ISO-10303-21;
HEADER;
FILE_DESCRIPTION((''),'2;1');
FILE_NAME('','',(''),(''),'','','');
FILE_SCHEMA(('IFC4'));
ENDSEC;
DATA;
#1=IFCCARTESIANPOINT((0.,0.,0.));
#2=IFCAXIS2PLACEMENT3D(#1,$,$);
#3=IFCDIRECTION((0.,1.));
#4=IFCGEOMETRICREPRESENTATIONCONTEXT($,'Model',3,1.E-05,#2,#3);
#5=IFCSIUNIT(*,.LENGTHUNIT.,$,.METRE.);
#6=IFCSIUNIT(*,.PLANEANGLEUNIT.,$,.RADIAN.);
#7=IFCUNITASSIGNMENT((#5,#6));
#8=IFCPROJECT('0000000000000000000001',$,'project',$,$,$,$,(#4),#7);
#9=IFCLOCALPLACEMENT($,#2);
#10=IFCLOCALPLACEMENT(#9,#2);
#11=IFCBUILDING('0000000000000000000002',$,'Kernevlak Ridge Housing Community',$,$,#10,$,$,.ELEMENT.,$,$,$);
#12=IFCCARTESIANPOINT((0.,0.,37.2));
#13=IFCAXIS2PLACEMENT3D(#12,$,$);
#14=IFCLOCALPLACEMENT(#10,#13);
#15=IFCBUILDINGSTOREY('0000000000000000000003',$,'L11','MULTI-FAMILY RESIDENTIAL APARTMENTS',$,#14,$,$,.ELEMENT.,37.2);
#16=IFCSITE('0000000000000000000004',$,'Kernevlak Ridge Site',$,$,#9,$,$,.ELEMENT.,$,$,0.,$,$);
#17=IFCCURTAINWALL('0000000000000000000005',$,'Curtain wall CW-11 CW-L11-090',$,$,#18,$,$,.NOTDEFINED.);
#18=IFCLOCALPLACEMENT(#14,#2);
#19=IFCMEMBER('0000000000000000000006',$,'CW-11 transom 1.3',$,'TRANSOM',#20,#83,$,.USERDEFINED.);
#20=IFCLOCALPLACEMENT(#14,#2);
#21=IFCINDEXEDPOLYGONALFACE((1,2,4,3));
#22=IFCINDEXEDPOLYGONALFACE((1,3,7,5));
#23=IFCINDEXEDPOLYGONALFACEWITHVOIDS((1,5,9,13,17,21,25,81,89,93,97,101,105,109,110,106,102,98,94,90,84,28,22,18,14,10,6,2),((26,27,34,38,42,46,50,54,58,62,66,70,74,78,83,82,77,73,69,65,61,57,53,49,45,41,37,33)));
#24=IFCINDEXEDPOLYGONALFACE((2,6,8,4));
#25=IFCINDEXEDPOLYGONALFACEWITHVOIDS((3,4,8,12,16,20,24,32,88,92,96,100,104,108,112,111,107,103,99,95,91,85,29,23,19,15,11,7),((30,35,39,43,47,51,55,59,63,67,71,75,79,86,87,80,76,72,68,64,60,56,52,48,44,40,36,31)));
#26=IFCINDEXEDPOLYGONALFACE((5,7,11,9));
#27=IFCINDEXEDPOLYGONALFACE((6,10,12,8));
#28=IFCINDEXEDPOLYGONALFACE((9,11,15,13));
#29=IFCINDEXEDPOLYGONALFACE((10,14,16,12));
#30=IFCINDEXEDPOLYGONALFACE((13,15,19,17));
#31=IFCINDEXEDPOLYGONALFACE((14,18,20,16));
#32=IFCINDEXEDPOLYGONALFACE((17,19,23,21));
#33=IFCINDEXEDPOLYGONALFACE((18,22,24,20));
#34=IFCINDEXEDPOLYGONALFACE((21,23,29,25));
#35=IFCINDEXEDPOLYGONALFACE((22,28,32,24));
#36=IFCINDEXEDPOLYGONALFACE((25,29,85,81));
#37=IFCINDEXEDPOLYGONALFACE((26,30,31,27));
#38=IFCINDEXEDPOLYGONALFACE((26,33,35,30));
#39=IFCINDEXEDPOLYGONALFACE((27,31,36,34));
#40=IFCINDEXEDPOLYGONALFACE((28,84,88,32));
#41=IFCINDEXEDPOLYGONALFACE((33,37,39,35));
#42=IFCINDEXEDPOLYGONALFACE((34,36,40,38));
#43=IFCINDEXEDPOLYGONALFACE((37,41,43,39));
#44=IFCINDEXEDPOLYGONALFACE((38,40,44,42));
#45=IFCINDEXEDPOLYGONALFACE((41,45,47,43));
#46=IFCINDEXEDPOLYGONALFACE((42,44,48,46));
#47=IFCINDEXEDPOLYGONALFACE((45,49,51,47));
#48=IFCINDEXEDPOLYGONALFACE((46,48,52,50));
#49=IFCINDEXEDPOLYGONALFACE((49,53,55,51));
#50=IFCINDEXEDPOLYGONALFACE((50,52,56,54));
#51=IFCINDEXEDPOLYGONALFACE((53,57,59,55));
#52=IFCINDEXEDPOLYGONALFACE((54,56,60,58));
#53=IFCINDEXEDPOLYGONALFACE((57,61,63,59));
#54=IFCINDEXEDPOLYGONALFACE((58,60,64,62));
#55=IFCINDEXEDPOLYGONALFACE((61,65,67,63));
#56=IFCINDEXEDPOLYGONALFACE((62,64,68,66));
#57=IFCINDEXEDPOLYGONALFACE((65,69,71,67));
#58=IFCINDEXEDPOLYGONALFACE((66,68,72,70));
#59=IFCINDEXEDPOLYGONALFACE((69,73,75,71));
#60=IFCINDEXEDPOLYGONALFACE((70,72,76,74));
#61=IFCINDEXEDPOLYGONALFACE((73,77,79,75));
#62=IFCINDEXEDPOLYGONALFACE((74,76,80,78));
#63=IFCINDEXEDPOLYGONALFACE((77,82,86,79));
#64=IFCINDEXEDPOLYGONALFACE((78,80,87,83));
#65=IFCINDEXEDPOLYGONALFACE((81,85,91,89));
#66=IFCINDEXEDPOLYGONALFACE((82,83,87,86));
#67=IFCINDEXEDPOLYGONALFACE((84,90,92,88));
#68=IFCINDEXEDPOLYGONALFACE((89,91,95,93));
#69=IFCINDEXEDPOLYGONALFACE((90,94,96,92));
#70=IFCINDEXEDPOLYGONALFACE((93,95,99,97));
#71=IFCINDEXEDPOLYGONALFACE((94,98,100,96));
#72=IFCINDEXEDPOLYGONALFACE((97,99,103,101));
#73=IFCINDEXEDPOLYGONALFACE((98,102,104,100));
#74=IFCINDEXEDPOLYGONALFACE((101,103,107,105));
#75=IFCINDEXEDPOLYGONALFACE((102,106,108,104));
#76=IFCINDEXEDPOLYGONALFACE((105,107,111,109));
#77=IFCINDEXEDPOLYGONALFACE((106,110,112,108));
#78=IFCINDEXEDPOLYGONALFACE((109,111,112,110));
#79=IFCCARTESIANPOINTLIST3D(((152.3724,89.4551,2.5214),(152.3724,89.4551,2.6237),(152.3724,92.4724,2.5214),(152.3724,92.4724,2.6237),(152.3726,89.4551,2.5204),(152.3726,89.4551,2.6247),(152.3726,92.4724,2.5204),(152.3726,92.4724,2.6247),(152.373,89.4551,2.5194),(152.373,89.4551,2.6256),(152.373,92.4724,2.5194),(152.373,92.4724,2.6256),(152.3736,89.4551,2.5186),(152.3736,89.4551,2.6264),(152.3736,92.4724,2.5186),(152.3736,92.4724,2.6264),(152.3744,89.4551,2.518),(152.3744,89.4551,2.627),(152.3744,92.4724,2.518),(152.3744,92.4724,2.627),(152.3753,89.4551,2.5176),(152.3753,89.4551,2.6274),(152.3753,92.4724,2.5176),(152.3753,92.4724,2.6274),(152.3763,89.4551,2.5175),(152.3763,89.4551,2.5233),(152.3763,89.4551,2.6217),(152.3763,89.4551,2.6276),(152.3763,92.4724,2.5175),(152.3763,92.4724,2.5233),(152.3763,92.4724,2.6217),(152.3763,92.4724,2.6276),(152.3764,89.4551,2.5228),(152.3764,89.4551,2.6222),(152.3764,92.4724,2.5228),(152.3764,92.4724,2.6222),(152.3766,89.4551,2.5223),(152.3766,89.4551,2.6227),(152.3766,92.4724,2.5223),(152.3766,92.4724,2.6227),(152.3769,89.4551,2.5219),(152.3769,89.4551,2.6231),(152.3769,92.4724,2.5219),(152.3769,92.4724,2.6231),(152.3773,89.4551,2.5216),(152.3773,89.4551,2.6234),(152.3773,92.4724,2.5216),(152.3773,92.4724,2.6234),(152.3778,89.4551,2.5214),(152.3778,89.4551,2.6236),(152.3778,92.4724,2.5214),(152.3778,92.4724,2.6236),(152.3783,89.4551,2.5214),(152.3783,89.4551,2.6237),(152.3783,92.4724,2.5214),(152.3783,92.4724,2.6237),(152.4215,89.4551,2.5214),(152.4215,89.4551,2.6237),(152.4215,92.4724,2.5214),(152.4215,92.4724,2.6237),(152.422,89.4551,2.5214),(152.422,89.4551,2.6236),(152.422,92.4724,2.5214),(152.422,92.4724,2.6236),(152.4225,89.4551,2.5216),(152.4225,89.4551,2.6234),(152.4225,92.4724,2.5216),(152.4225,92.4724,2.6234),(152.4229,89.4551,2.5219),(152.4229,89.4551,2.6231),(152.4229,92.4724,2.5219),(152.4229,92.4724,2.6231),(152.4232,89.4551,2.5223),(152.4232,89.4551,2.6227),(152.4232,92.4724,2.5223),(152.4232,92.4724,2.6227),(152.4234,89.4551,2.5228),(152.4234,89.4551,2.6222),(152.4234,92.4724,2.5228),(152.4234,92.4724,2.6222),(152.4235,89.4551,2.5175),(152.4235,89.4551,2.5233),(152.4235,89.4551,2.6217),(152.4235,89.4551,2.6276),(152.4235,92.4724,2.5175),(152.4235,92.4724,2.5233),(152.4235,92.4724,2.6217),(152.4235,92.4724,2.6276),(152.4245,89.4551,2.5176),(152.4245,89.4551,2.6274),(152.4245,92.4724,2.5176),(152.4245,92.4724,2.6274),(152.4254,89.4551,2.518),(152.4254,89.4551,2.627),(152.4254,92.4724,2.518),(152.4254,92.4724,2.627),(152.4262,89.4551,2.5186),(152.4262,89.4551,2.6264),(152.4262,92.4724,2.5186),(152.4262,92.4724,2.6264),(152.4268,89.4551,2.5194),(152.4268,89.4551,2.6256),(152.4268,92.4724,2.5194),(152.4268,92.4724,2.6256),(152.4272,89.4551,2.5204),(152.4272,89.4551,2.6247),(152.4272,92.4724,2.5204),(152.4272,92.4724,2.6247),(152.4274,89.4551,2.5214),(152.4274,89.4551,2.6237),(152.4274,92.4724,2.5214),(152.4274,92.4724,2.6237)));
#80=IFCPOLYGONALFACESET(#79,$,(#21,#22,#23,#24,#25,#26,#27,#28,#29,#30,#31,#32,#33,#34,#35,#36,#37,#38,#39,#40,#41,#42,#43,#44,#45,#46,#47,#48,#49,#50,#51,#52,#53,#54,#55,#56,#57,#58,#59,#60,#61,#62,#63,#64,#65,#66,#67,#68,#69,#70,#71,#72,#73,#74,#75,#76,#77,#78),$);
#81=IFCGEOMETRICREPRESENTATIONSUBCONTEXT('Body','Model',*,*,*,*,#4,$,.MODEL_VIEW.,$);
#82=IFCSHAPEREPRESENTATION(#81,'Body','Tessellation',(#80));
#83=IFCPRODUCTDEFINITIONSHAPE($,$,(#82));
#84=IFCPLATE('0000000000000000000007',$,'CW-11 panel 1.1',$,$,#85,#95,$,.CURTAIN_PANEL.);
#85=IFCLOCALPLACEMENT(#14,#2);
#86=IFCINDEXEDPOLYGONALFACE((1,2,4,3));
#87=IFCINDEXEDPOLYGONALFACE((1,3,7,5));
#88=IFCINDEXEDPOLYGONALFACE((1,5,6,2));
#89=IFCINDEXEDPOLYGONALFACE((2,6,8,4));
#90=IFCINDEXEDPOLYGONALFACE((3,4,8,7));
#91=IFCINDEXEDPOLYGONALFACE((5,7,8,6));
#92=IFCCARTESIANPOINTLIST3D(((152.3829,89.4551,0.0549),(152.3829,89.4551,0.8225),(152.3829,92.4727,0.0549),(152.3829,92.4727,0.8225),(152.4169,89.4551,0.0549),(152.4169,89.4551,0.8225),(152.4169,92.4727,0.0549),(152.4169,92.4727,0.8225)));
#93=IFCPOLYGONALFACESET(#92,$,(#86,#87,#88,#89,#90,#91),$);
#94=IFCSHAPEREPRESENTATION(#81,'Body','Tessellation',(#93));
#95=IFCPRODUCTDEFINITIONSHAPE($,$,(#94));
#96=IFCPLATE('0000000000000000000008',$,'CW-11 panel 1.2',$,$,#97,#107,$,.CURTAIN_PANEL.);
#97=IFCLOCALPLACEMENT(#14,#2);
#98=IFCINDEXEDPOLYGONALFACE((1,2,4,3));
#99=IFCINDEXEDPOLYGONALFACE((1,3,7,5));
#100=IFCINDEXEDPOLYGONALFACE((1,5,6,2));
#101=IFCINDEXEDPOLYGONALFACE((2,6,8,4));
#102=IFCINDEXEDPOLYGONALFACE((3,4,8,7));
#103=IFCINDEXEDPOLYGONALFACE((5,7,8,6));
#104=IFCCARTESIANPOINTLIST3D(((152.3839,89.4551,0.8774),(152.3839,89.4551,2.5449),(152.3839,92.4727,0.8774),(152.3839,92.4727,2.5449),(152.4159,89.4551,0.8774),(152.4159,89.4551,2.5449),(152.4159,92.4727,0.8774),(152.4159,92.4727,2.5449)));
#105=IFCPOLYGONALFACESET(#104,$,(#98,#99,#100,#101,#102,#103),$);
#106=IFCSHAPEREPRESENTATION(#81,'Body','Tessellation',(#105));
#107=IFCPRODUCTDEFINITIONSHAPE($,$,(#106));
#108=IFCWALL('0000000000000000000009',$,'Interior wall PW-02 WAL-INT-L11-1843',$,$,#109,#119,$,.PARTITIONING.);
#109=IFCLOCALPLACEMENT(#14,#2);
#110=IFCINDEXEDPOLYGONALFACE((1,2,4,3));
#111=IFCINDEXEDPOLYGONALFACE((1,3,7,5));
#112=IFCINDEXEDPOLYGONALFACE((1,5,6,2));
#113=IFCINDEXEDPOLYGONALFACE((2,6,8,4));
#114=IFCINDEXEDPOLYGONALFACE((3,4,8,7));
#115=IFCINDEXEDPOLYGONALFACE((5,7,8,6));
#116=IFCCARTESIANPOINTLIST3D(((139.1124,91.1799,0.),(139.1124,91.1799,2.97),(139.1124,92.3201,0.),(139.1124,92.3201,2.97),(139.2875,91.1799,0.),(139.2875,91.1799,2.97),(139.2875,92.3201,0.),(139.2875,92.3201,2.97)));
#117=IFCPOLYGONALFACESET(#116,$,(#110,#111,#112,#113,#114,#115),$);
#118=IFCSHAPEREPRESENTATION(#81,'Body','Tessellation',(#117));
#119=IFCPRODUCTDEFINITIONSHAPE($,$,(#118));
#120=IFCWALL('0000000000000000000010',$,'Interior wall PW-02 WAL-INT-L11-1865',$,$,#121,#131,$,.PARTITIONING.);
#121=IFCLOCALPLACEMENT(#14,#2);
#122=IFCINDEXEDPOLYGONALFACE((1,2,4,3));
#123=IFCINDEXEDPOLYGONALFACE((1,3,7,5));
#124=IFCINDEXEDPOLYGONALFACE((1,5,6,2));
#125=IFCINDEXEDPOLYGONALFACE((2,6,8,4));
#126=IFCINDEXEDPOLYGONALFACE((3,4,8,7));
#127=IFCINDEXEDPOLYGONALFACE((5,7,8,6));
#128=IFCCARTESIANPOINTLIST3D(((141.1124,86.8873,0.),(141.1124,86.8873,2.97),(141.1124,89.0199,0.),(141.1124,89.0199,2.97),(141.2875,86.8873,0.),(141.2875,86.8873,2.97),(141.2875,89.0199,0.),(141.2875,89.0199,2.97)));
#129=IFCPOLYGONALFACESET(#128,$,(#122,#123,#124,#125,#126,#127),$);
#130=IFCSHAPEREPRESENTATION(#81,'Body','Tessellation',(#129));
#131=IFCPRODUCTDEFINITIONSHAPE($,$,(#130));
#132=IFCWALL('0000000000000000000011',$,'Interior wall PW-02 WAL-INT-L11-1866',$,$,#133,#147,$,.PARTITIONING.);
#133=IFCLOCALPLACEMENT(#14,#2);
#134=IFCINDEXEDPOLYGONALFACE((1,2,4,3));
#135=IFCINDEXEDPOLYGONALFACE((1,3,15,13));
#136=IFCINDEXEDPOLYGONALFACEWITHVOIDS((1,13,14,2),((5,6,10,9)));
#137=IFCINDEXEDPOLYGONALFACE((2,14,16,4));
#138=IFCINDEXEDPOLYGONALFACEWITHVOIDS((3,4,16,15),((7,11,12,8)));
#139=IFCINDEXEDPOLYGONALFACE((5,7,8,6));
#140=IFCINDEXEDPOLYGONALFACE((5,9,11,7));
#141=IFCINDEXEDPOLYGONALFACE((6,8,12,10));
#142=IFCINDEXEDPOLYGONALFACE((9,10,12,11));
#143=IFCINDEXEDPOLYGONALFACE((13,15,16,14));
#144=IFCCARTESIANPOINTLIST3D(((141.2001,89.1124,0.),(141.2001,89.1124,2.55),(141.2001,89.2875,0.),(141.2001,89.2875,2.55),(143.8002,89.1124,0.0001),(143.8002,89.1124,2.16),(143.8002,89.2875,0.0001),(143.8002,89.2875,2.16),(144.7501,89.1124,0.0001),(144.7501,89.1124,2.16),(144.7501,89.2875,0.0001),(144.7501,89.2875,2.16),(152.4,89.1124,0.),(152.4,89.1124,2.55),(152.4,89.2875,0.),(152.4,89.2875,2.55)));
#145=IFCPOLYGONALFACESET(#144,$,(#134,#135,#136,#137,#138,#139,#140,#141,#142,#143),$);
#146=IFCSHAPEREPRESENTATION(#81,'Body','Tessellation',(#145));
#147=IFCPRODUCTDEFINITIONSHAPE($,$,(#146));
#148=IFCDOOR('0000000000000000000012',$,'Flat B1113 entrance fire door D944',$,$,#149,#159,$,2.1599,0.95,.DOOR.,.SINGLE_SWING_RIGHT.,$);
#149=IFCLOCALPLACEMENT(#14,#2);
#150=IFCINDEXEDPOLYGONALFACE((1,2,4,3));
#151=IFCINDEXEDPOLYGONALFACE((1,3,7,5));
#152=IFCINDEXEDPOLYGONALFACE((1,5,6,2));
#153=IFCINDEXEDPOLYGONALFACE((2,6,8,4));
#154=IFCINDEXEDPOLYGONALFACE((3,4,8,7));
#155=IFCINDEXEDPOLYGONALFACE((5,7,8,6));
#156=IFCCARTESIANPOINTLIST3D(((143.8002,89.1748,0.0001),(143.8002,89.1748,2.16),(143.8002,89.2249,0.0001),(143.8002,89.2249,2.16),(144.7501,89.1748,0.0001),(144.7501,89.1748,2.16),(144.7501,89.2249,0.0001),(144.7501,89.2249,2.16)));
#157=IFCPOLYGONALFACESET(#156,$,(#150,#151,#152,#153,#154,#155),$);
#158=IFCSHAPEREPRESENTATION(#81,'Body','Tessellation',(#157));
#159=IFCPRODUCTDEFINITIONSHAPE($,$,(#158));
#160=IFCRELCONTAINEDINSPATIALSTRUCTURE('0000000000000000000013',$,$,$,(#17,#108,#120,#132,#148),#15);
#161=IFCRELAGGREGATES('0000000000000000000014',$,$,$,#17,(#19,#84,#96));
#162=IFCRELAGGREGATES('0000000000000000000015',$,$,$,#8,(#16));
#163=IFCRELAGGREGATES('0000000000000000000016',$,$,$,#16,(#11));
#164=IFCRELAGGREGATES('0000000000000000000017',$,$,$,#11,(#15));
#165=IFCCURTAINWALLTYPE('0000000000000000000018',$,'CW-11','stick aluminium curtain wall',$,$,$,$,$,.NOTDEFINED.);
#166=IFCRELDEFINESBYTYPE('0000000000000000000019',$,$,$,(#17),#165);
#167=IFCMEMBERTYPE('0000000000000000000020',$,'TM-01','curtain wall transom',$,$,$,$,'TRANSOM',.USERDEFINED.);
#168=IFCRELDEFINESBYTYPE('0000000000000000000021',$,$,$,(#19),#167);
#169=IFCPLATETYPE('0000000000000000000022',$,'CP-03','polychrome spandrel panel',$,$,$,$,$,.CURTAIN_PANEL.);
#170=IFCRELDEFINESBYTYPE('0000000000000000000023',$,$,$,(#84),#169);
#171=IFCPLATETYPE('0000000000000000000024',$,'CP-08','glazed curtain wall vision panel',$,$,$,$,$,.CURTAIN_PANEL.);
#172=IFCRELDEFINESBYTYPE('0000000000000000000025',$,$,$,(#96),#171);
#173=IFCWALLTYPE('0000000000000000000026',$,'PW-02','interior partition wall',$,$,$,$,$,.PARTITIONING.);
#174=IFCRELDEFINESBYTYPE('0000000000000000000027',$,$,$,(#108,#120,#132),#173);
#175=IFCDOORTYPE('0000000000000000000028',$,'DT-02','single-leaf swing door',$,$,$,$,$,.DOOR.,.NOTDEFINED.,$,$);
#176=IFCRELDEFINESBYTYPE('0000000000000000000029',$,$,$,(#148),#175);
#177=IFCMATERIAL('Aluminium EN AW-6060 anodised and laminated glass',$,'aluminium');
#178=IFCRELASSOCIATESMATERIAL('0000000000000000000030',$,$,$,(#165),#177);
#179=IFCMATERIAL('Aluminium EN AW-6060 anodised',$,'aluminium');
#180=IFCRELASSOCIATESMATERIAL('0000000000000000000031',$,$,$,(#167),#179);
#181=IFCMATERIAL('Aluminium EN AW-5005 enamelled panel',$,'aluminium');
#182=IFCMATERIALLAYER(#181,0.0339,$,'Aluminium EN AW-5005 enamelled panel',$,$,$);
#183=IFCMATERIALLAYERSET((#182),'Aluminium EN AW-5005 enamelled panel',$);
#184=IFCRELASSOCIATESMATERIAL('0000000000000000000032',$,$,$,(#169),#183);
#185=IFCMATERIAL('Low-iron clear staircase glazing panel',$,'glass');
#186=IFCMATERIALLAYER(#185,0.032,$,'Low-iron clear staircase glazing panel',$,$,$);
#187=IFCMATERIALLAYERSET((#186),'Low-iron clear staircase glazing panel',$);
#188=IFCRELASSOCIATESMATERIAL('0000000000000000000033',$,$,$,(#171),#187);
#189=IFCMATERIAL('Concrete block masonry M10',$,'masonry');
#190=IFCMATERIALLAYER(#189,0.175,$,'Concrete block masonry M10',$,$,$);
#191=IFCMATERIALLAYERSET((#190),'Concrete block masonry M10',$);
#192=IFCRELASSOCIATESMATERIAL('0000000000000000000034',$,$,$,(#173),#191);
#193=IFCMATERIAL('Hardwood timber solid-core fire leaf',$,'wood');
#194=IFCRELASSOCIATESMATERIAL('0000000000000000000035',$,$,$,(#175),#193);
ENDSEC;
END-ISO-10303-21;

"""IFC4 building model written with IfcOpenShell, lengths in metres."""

from ifc_helpers import new_model, si_unit, direction, frame, frame_2d, origin, origin_2d, place, context, subcontext, project, spatial, rectangle, hollow_rectangle, extrude, material, layer, layer_set, material_profile, profile_set, type_object, element, fill, aggregate, save


model = new_model("IFC4")

# Units and contexts
model_context = context("Model", 3, precision=1e-05, world=origin(), true_north=direction((0.0, 1.0)))
body_context = subcontext(model_context, "Body", "Model", "MODEL_VIEW")
ifc_project = project(units=[si_unit("LENGTHUNIT", "METRE"), si_unit("PLANEANGLEUNIT", "RADIAN")], contexts=[model_context])

# Site, building, storey
site_placement = place(None, origin())
site = spatial("IfcSite", under=ifc_project, at=site_placement, Name="Kernevlak Ridge Site", CompositionType="ELEMENT", RefElevation=0.0)
building_placement = place(site_placement, origin())
building = spatial("IfcBuilding", under=site, at=building_placement, Name="Kernevlak Ridge Housing Community", CompositionType="ELEMENT")
storey_placement = place(building_placement, frame((0.0, 0.0, 37.2)))
storey = spatial("IfcBuildingStorey", under=building, at=storey_placement, Name="L11", Description="MULTI-FAMILY RESIDENTIAL APARTMENTS", CompositionType="ELEMENT", Elevation=37.2)

# Curtain wall
ifc_material_1 = material(Name="Aluminium EN AW-6060 anodised and laminated glass", Category="aluminium")
curtain_wall_type = type_object("IfcCurtainWallType", Name="CW-11", Description="stick aluminium curtain wall", PredefinedType="NOTDEFINED", material=ifc_material_1)
curtain_wall_placement = place(storey_placement, origin())
curtain_wall = element("IfcCurtainWall", 1, at=curtain_wall_placement, inside=storey, type_object=curtain_wall_type, Name="Curtain wall CW-11 CW-L11-090", PredefinedType="NOTDEFINED")
ifc_material_2 = material(Name="Aluminium EN AW-6060 anodised", Category="aluminium")

# Member
ifc_material_profile_1 = material_profile(ifc_material_2, hollow_rectangle(XDim=0.0549, YDim=0.1101, WallThickness=0.0039, InnerFilletRadius=0.002, OuterFilletRadius=0.0039, at=origin_2d()), Name="ALU 55x110x4")
ifc_profile_set_1 = profile_set([ifc_material_profile_1], Name="Aluminium EN AW-6060 anodised")
member_type_1 = type_object("IfcMemberType", Name="TM-01", Description="curtain wall transom", ElementType="TRANSOM", PredefinedType="USERDEFINED", material=ifc_profile_set_1)
member_1_placement = place(storey_placement, frame((152.3999, 89.4551, 2.5725), z_axis=(0.0, 1.0, 0.0), x_axis=(-1.0, 0.0, 0.0)))
member_1 = element("IfcMember", 2, at=member_1_placement, type_object=member_type_1, Name="CW-11 transom 1.3", ObjectType="TRANSOM", PredefinedType="USERDEFINED", context=body_context, shape_type="SweptSolid", body=[
    extrude(hollow_rectangle(XDim=0.0549, YDim=0.1101, WallThickness=0.0039, InnerFilletRadius=0.002, OuterFilletRadius=0.0039, at=origin_2d()), origin(), (0.0, 0.0, 1.0), 3.0173),
])

# Plates
ifc_material_3 = material(Name="Aluminium EN AW-5005 enamelled panel", Category="aluminium")
ifc_layer_1 = layer(ifc_material_3, 0.0339, Name="Aluminium EN AW-5005 enamelled panel")
ifc_layer_set_1 = layer_set([ifc_layer_1], Name="Aluminium EN AW-5005 enamelled panel")
plate_type_1 = type_object("IfcPlateType", Name="CP-03", Description="polychrome spandrel panel", PredefinedType="CURTAIN_PANEL", material=ifc_layer_set_1)
plate_1_placement = place(storey_placement, frame((152.3999, 90.9639, 0.0549), z_axis=(0.0, 0.0, 1.0), x_axis=(0.0, 1.0, 0.0)))
plate_1 = element("IfcPlate", 3, at=plate_1_placement, type_object=plate_type_1, Name="CW-11 panel 1.1", PredefinedType="CURTAIN_PANEL", context=body_context, shape_type="SweptSolid", body=[
    extrude(rectangle(XDim=3.0176, YDim=0.0339, at=origin_2d()), origin(), (0.0, 0.0, 1.0), 0.7676),
])
ifc_material_4 = material(Name="Low-iron clear staircase glazing panel", Category="glass")
ifc_layer_2 = layer(ifc_material_4, 0.032, Name="Low-iron clear staircase glazing panel")
ifc_layer_set_2 = layer_set([ifc_layer_2], Name="Low-iron clear staircase glazing panel")
plate_type_2 = type_object("IfcPlateType", Name="CP-08", Description="glazed curtain wall vision panel", PredefinedType="CURTAIN_PANEL", material=ifc_layer_set_2)
plate_2_placement = place(storey_placement, frame((152.3999, 90.9639, 0.8774), z_axis=(0.0, 0.0, 1.0), x_axis=(0.0, 1.0, 0.0)))
plate_2 = element("IfcPlate", 4, at=plate_2_placement, type_object=plate_type_2, Name="CW-11 panel 1.2", PredefinedType="CURTAIN_PANEL", context=body_context, shape_type="SweptSolid", body=[
    extrude(rectangle(XDim=3.0176, YDim=0.032, at=origin_2d()), origin(), (0.0, 0.0, 1.0), 1.6675),
])
aggregate(curtain_wall, [member_1, plate_1, plate_2])

# Walls
ifc_material_5 = material(Name="Concrete block masonry M10", Category="masonry")
ifc_layer_3 = layer(ifc_material_5, 0.175, Name="Concrete block masonry M10")
ifc_layer_set_3 = layer_set([ifc_layer_3], Name="Concrete block masonry M10")
wall_type_1 = type_object("IfcWallType", Name="PW-02", Description="interior partition wall", PredefinedType="PARTITIONING", material=ifc_layer_set_3)
wall_1_placement = place(storey_placement, frame((139.2, 91.1799, 0.0), z_axis=(0.0, 0.0, 1.0), x_axis=(0.0, 1.0, 0.0)))
element("IfcWall", 5, at=wall_1_placement, inside=storey, type_object=wall_type_1, Name="Interior wall PW-02 WAL-INT-L11-1843", PredefinedType="PARTITIONING", context=body_context, shape_type="SweptSolid", body=[
    extrude(rectangle(XDim=1.1401, YDim=0.175, at=frame_2d((0.5701, 0.0))), origin(), (0.0, 0.0, 1.0), 2.97),
])
wall_2_placement = place(storey_placement, frame((141.2, 89.02, 0.0), z_axis=(0.0, 0.0, 1.0), x_axis=(0.0, -1.0, 0.0)))
element("IfcWall", 6, at=wall_2_placement, inside=storey, type_object=wall_type_1, Name="Interior wall PW-02 WAL-INT-L11-1865", PredefinedType="PARTITIONING", context=body_context, shape_type="SweptSolid", body=[
    extrude(rectangle(XDim=2.1326, YDim=0.175, at=frame_2d((1.0664, 0.0))), origin(), (0.0, 0.0, 1.0), 2.97),
])

# Wall, opening, door
wall_3_placement = place(storey_placement, frame((141.2, 89.2, 0.0), z_axis=(0.0, 0.0, 1.0), x_axis=(1.0, 0.0, 0.0)))
wall_3 = element("IfcWall", 7, at=wall_3_placement, inside=storey, type_object=wall_type_1, Name="Interior wall PW-02 WAL-INT-L11-1866", PredefinedType="PARTITIONING", context=body_context, shape_type="SweptSolid", body=[
    extrude(rectangle(XDim=11.2, YDim=0.175, at=frame_2d((5.6001, 0.0))), origin(), (0.0, 0.0, 1.0), 2.55),
])
opening_1_placement = place(wall_3_placement, frame((2.6001, 0.0, 0.0)))
opening_1 = element("IfcOpeningElement", 8, at=opening_1_placement, cuts=wall_3, PredefinedType="OPENING", context=body_context, shape_type="SweptSolid", body=[
    extrude(rectangle(XDim=0.95, YDim=2.1599, at=frame_2d((0.4751, 1.0801))), frame((0.0, 0.0974, 0.0), z_axis=(0.0, -1.0, 0.0), x_axis=(1.0, 0.0, 0.0)), (0.0, 0.0, 1.0), 0.1951),
])
ifc_material_6 = material(Name="Hardwood timber solid-core fire leaf", Category="wood")
door_type_1 = type_object("IfcDoorType", Name="DT-02", Description="single-leaf swing door", OperationType="NOTDEFINED", PredefinedType="DOOR", material=ifc_material_6)
door_1_placement = place(opening_1_placement, origin())
door_1 = element("IfcDoor", 9, at=door_1_placement, inside=storey, type_object=door_type_1, Name="Flat B1113 entrance fire door D944", OperationType="SINGLE_SWING_RIGHT", OverallHeight=2.1599, OverallWidth=0.95, PredefinedType="DOOR", context=body_context, shape_type="SweptSolid", body=[
    extrude(rectangle(XDim=0.95, YDim=2.1599, at=frame_2d((0.4751, 1.0801))), frame((0.0, 0.0249, 0.0), z_axis=(0.0, -1.0, 0.0), x_axis=(1.0, 0.0, 0.0)), (0.0, 0.0, 1.0), 0.05),
])
fill(opening_1, door_1)

save(model, "model.ifc")
